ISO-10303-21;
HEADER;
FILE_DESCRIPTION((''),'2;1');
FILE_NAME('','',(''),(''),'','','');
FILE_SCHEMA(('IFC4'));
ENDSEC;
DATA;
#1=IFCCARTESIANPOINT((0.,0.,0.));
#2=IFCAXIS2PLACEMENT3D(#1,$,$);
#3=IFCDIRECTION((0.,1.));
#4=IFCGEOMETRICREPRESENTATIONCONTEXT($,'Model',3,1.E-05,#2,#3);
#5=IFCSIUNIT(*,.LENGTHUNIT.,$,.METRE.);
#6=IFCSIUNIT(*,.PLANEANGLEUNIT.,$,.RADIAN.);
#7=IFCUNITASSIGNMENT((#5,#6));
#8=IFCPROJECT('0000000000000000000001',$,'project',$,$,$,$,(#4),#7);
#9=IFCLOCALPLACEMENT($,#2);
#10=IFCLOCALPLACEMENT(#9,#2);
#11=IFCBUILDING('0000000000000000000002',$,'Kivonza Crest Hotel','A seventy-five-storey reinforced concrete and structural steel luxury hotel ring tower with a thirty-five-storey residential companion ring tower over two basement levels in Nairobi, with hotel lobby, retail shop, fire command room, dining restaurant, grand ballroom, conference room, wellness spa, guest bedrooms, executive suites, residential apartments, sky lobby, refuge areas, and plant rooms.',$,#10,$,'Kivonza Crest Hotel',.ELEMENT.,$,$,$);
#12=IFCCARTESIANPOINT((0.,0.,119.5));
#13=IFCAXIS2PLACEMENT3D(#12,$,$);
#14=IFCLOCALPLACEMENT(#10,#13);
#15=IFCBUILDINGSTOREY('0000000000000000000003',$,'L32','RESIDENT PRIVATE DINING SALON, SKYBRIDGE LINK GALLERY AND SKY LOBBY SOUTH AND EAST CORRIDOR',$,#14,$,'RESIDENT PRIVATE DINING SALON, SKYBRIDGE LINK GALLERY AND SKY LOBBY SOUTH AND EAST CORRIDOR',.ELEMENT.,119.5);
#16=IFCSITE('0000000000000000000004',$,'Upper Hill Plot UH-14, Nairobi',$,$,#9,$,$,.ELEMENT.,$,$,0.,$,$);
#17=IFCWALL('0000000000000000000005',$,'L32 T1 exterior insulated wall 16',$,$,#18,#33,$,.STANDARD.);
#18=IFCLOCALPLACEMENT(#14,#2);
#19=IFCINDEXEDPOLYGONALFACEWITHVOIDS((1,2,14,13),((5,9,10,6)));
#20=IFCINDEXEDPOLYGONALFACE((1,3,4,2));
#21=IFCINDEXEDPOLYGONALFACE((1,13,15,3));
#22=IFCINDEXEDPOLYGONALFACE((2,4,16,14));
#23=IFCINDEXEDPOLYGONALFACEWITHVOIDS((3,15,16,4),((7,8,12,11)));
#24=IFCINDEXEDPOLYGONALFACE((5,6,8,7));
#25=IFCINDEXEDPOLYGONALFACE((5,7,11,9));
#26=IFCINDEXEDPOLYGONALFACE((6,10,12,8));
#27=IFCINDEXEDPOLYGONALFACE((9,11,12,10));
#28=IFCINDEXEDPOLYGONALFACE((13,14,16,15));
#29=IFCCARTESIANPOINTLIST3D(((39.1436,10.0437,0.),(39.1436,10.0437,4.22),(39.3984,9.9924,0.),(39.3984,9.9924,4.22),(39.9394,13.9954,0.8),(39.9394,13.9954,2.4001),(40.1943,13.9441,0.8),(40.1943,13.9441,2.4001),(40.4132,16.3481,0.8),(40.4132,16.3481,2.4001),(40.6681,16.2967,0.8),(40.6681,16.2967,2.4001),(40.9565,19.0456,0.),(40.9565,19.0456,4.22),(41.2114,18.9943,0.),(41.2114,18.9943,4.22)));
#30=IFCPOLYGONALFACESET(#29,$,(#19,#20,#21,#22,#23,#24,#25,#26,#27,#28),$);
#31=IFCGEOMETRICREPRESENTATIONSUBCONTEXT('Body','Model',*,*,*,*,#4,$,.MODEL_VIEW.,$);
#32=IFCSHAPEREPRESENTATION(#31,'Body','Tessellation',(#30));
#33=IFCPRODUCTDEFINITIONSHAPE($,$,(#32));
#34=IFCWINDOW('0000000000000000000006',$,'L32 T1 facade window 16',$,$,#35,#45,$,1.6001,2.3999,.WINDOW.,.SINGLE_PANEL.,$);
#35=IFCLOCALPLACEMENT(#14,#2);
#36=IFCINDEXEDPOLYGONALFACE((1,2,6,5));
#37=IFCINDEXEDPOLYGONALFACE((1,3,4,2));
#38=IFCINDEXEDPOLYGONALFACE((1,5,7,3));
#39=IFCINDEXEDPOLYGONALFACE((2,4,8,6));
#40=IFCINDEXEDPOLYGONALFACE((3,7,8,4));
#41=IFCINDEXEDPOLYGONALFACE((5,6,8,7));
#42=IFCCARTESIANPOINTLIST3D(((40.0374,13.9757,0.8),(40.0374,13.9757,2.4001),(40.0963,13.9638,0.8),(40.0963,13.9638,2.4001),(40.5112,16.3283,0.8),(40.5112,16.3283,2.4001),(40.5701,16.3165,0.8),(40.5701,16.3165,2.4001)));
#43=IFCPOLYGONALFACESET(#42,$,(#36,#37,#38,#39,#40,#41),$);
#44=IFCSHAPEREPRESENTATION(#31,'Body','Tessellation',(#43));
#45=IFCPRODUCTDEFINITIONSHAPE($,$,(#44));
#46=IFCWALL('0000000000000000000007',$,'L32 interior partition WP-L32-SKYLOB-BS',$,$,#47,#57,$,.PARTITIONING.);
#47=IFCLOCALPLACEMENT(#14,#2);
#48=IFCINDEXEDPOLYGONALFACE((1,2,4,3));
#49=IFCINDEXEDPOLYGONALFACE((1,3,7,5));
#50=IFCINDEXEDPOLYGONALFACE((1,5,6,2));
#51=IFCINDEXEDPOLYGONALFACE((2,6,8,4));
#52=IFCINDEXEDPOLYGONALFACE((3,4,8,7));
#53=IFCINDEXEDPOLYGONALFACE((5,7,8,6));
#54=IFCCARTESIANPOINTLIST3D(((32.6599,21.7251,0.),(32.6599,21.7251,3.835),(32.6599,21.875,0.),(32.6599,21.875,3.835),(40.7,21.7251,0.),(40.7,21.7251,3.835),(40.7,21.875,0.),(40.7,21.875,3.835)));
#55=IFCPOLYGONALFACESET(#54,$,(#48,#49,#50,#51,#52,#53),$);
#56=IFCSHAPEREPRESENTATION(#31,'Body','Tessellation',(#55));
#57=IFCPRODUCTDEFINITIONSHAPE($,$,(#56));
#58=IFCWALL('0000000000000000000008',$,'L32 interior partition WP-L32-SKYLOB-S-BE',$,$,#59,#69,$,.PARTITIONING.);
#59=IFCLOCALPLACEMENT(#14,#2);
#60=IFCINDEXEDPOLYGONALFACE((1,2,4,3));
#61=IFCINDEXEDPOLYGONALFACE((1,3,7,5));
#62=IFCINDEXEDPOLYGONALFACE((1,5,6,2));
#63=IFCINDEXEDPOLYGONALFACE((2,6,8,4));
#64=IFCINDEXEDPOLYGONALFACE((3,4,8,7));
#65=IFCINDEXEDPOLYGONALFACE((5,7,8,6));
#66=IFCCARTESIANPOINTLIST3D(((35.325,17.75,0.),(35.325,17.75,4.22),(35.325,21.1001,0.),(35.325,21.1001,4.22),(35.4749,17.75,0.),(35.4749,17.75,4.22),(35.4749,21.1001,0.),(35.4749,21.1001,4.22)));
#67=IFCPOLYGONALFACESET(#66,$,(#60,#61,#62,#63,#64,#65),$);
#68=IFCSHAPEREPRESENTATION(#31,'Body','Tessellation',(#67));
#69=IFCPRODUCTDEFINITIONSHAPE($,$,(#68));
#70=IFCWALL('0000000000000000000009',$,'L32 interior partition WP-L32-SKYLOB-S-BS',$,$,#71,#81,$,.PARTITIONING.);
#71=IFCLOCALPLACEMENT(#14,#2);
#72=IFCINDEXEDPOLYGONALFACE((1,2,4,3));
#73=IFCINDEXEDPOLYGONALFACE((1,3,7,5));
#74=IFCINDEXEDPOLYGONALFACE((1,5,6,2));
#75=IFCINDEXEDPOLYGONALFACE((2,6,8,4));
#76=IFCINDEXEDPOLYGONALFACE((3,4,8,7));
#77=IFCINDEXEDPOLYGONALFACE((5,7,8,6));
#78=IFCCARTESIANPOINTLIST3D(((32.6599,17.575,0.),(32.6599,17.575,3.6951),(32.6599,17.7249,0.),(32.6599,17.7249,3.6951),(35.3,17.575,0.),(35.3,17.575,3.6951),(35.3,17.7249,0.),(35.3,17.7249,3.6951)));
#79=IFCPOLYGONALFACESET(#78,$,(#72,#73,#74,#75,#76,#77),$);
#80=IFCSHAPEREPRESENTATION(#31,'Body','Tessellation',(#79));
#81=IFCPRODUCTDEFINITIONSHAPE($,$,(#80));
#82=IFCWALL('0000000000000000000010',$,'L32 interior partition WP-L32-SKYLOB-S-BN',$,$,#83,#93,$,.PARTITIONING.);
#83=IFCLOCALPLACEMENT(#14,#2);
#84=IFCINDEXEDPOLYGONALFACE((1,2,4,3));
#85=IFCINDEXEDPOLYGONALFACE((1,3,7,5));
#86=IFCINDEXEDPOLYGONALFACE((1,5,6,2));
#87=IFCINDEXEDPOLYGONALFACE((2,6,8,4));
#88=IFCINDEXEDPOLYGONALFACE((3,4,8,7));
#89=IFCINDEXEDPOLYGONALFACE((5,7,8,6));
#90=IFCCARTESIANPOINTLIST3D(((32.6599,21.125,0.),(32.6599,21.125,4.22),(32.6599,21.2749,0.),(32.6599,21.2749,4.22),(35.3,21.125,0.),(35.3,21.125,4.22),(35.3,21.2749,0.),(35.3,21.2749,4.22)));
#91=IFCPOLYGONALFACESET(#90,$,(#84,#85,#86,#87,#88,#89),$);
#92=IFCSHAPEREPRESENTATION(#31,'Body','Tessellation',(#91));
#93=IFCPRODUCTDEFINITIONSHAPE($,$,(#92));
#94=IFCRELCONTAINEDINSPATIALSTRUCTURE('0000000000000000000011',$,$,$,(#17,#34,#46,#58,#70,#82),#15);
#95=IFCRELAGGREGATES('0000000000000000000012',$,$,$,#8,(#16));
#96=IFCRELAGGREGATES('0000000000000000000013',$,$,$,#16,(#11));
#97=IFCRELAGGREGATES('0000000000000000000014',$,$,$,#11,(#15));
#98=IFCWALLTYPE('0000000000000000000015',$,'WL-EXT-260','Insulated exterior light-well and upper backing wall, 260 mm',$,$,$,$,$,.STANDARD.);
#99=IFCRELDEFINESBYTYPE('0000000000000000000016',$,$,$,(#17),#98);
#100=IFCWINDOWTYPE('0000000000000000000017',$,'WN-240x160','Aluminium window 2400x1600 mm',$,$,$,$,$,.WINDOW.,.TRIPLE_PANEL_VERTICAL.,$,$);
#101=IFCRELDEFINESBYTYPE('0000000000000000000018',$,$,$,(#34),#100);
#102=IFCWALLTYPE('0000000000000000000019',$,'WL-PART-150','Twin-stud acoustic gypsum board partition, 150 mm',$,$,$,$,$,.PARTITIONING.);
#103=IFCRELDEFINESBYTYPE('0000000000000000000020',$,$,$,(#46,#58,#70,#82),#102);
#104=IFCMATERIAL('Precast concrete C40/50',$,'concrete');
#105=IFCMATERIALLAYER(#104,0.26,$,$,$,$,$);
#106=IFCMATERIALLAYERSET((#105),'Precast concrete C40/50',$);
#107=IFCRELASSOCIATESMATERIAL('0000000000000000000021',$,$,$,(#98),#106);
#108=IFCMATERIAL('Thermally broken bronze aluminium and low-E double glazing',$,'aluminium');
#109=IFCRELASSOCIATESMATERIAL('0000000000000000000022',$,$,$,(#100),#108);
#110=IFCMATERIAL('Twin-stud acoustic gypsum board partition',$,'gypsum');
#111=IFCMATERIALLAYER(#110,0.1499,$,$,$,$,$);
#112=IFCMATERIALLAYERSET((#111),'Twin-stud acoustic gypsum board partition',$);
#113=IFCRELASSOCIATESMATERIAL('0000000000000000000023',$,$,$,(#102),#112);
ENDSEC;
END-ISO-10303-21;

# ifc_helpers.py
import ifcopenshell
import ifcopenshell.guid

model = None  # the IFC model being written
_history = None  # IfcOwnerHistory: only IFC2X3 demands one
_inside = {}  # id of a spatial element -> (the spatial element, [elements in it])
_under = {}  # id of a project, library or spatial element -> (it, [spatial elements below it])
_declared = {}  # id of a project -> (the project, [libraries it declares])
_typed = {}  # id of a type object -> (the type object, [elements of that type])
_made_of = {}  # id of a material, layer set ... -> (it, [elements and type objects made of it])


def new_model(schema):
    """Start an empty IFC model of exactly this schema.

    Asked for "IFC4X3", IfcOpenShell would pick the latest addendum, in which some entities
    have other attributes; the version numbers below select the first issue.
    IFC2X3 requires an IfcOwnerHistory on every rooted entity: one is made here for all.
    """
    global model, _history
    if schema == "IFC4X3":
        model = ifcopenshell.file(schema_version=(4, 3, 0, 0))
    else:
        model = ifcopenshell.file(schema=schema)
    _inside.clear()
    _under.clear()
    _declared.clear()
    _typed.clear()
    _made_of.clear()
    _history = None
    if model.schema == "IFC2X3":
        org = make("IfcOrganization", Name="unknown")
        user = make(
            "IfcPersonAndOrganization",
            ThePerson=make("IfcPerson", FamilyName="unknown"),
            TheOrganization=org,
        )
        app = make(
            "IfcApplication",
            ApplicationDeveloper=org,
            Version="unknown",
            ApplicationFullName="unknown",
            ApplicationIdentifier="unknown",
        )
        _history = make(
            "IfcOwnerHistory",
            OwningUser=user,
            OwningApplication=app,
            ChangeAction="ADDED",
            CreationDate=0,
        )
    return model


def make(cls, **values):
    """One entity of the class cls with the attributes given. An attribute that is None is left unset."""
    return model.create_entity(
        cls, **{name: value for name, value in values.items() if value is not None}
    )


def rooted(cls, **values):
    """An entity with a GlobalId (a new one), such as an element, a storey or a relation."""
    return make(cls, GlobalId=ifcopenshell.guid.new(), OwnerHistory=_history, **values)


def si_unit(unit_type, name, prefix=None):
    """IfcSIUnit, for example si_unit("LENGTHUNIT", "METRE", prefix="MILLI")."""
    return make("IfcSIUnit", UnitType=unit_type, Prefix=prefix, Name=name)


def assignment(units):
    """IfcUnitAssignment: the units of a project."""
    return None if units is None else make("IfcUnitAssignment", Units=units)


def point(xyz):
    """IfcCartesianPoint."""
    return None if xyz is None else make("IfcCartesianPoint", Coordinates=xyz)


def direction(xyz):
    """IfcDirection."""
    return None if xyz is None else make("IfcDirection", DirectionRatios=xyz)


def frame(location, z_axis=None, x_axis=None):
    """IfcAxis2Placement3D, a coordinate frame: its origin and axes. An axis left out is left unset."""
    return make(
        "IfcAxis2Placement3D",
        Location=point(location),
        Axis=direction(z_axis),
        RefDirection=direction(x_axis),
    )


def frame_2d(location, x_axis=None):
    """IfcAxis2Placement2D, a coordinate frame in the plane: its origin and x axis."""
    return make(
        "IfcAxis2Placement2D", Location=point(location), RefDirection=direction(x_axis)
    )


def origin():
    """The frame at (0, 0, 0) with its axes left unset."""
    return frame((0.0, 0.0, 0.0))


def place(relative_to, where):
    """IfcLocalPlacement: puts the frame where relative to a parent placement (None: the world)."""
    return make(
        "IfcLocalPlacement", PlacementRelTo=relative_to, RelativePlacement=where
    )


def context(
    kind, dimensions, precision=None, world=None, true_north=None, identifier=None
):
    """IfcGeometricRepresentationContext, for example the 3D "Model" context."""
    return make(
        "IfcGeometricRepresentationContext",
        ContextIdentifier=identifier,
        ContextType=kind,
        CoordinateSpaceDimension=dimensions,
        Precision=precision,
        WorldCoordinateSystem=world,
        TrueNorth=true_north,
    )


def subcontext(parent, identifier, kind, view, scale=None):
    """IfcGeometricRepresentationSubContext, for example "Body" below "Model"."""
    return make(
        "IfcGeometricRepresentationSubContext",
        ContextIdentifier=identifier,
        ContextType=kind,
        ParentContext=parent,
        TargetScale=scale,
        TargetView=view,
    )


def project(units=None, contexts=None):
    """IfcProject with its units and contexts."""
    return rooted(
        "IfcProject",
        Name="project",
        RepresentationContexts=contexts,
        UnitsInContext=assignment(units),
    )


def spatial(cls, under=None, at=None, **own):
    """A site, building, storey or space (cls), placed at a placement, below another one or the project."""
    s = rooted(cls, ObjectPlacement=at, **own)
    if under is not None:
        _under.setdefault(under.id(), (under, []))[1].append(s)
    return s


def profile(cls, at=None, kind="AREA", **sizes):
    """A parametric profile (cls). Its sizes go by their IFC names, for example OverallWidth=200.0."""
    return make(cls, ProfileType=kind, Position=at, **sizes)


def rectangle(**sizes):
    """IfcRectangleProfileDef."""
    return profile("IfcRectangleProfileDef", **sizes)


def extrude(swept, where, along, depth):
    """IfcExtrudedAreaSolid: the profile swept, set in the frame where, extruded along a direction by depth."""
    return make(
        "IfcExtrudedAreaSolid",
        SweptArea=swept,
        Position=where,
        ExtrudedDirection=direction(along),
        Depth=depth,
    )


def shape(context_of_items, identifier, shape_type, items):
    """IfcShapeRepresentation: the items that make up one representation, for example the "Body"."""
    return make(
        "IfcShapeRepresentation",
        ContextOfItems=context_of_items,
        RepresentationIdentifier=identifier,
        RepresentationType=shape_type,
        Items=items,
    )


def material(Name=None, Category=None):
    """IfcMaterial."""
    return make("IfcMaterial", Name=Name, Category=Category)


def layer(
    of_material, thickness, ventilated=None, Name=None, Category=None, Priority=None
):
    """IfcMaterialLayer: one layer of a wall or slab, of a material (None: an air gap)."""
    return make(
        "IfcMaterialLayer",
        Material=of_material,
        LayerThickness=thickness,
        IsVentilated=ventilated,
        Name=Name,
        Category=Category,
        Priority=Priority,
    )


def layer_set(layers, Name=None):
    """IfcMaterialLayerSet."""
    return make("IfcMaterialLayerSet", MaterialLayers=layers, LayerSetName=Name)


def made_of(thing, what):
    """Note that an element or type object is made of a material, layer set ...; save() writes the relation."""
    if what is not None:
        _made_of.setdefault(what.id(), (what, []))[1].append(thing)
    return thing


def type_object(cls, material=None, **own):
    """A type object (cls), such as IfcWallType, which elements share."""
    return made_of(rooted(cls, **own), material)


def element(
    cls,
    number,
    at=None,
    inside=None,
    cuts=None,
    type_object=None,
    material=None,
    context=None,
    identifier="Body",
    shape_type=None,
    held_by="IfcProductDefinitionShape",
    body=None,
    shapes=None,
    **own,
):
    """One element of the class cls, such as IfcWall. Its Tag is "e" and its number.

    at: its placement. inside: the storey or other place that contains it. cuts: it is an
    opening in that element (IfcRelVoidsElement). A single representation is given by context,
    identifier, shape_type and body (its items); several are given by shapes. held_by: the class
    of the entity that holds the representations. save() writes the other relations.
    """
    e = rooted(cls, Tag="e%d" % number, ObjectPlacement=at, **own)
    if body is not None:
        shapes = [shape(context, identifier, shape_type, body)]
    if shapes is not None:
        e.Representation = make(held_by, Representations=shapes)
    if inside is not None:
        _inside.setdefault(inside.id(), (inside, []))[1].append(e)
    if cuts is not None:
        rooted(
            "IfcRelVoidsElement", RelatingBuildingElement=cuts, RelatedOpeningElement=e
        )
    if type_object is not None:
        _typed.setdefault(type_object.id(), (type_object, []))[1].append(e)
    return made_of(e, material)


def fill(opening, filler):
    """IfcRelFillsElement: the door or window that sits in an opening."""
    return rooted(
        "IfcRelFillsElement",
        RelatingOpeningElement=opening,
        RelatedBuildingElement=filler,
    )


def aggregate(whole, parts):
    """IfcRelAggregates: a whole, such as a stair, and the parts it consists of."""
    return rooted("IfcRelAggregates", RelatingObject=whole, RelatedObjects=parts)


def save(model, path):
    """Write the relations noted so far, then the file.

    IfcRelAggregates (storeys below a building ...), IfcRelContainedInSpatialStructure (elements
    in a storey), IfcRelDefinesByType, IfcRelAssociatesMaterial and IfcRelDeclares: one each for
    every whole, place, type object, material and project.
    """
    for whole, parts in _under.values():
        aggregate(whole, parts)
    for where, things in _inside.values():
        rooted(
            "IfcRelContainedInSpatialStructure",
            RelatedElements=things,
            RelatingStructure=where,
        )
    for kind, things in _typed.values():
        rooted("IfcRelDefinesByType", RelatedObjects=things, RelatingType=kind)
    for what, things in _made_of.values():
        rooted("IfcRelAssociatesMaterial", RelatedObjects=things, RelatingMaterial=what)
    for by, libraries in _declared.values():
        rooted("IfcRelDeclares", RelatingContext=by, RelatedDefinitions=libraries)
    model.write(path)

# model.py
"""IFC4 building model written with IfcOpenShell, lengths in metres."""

from ifc_helpers import new_model, si_unit, direction, frame, frame_2d, origin, place, context, subcontext, project, spatial, rectangle, extrude, material, layer, layer_set, type_object, element, fill, save


model = new_model("IFC4")

# Units and contexts
model_context = context("Model", 3, precision=1e-05, world=origin(), true_north=direction((0.0, 1.0)))
body_context = subcontext(model_context, "Body", "Model", "MODEL_VIEW")
ifc_project = project(units=[si_unit("LENGTHUNIT", "METRE"), si_unit("PLANEANGLEUNIT", "RADIAN")], contexts=[model_context])

# Site, building, storey
site_placement = place(None, origin())
site = spatial("IfcSite", under=ifc_project, at=site_placement, Name="Upper Hill Plot UH-14, Nairobi", CompositionType="ELEMENT", RefElevation=0.0)
building_placement = place(site_placement, origin())
building = spatial("IfcBuilding", under=site, at=building_placement, Name="Kivonza Crest Hotel", Description="A seventy-five-storey reinforced concrete and structural steel luxury hotel ring tower with a thirty-five-storey residential companion ring tower over two basement levels in Nairobi, with hotel lobby, retail shop, fire command room, dining restaurant, grand ballroom, conference room, wellness spa, guest bedrooms, executive suites, residential apartments, sky lobby, refuge areas, and plant rooms.", LongName="Kivonza Crest Hotel", CompositionType="ELEMENT")
storey_placement = place(building_placement, frame((0.0, 0.0, 119.5)))
storey = spatial("IfcBuildingStorey", under=building, at=storey_placement, Name="L32", Description="RESIDENT PRIVATE DINING SALON, SKYBRIDGE LINK GALLERY AND SKY LOBBY SOUTH AND EAST CORRIDOR", LongName="RESIDENT PRIVATE DINING SALON, SKYBRIDGE LINK GALLERY AND SKY LOBBY SOUTH AND EAST CORRIDOR", CompositionType="ELEMENT", Elevation=119.5)

# Shared definitions
ifc_material_1 = material(Name="Precast concrete C40/50", Category="concrete")
ifc_layer_1 = layer(ifc_material_1, 0.26)
ifc_layer_set_1 = layer_set([ifc_layer_1], Name="Precast concrete C40/50")
wall_type_1 = type_object("IfcWallType", Name="WL-EXT-260", Description="Insulated exterior light-well and upper backing wall, 260 mm", PredefinedType="STANDARD", material=ifc_layer_set_1)

# Wall, opening, window
wall_1_placement = place(storey_placement, frame((39.271, 10.0181, 0.0), z_axis=(0.0, 0.0, 1.0), x_axis=(0.197435, 0.980316, 0.0)))
wall_1 = element("IfcWall", 1, at=wall_1_placement, inside=storey, type_object=wall_type_1, Name="L32 T1 exterior insulated wall 16", PredefinedType="STANDARD", context=body_context, shape_type="SweptSolid", body=[
    extrude(rectangle(XDim=9.1826, YDim=0.26, at=frame_2d((4.5913, 0.0))), origin(), (0.0, 0.0, 1.0), 4.22),
])
opening_1_placement = place(wall_1_placement, frame((4.031, 0.0, 0.8)))
opening_1 = element("IfcOpeningElement", 2, at=opening_1_placement, cuts=wall_1, PredefinedType="OPENING", context=body_context, shape_type="SweptSolid", body=[
    extrude(rectangle(XDim=2.3999, YDim=1.6001, at=frame_2d((1.2, 0.8))), frame((0.0, 0.1401, 0.0), z_axis=(0.0, -1.0, 0.0), x_axis=(1.0, 0.0, 0.0)), (0.0, 0.0, 1.0), 0.28),
])
ifc_material_2 = material(Name="Thermally broken bronze aluminium and low-E double glazing", Category="aluminium")
window_type = type_object("IfcWindowType", Name="WN-240x160", Description="Aluminium window 2400x1600 mm", PartitioningType="TRIPLE_PANEL_VERTICAL", PredefinedType="WINDOW", material=ifc_material_2)
window_placement = place(opening_1_placement, origin())
window = element("IfcWindow", 3, at=window_placement, inside=storey, type_object=window_type, Name="L32 T1 facade window 16", OverallHeight=1.6001, OverallWidth=2.3999, PartitioningType="SINGLE_PANEL", PredefinedType="WINDOW", context=body_context, shape_type="SweptSolid", body=[
    extrude(rectangle(XDim=2.3999, YDim=1.6001, at=frame_2d((1.2, 0.8))), frame((0.0, 0.03, 0.0), z_axis=(0.0, -1.0, 0.0), x_axis=(1.0, 0.0, 0.0)), (0.0, 0.0, 1.0), 0.0601),
])
fill(opening_1, window)

# Walls
ifc_material_3 = material(Name="Twin-stud acoustic gypsum board partition", Category="gypsum")
ifc_layer_2 = layer(ifc_material_3, 0.1499)
ifc_layer_set_2 = layer_set([ifc_layer_2], Name="Twin-stud acoustic gypsum board partition")
wall_type_2 = type_object("IfcWallType", Name="WL-PART-150", Description="Twin-stud acoustic gypsum board partition, 150 mm", PredefinedType="PARTITIONING", material=ifc_layer_set_2)
wall_2_placement = place(storey_placement, frame((32.6599, 21.8, 0.0), z_axis=(0.0, 0.0, 1.0), x_axis=(1.0, 0.0, 0.0)))
element("IfcWall", 4, at=wall_2_placement, inside=storey, type_object=wall_type_2, Name="L32 interior partition WP-L32-SKYLOB-BS", PredefinedType="PARTITIONING", context=body_context, shape_type="SweptSolid", body=[
    extrude(rectangle(XDim=8.04, YDim=0.1499, at=frame_2d((4.02, 0.0))), origin(), (0.0, 0.0, 1.0), 3.835),
])
wall_3_placement = place(storey_placement, frame((35.3999, 17.75, 0.0), z_axis=(0.0, 0.0, 1.0), x_axis=(0.0, 1.0, 0.0)))
element("IfcWall", 5, at=wall_3_placement, inside=storey, type_object=wall_type_2, Name="L32 interior partition WP-L32-SKYLOB-S-BE", PredefinedType="PARTITIONING", context=body_context, shape_type="SweptSolid", body=[
    extrude(rectangle(XDim=3.3501, YDim=0.1499, at=frame_2d((1.675, 0.0))), origin(), (0.0, 0.0, 1.0), 4.22),
])
wall_4_placement = place(storey_placement, frame((32.6599, 17.6499, 0.0), z_axis=(0.0, 0.0, 1.0), x_axis=(1.0, 0.0, 0.0)))
element("IfcWall", 6, at=wall_4_placement, inside=storey, type_object=wall_type_2, Name="L32 interior partition WP-L32-SKYLOB-S-BS", PredefinedType="PARTITIONING", context=body_context, shape_type="SweptSolid", body=[
    extrude(rectangle(XDim=2.6401, YDim=0.1499, at=frame_2d((1.3201, 0.0))), origin(), (0.0, 0.0, 1.0), 3.6951),
])
wall_5_placement = place(storey_placement, frame((32.6599, 21.2, 0.0), z_axis=(0.0, 0.0, 1.0), x_axis=(1.0, 0.0, 0.0)))
element("IfcWall", 7, at=wall_5_placement, inside=storey, type_object=wall_type_2, Name="L32 interior partition WP-L32-SKYLOB-S-BN", PredefinedType="PARTITIONING", context=body_context, shape_type="SweptSolid", body=[
    extrude(rectangle(XDim=2.6401, YDim=0.1499, at=frame_2d((1.3201, 0.0))), origin(), (0.0, 0.0, 1.0), 4.22),
])

save(model, "model.ifc")
